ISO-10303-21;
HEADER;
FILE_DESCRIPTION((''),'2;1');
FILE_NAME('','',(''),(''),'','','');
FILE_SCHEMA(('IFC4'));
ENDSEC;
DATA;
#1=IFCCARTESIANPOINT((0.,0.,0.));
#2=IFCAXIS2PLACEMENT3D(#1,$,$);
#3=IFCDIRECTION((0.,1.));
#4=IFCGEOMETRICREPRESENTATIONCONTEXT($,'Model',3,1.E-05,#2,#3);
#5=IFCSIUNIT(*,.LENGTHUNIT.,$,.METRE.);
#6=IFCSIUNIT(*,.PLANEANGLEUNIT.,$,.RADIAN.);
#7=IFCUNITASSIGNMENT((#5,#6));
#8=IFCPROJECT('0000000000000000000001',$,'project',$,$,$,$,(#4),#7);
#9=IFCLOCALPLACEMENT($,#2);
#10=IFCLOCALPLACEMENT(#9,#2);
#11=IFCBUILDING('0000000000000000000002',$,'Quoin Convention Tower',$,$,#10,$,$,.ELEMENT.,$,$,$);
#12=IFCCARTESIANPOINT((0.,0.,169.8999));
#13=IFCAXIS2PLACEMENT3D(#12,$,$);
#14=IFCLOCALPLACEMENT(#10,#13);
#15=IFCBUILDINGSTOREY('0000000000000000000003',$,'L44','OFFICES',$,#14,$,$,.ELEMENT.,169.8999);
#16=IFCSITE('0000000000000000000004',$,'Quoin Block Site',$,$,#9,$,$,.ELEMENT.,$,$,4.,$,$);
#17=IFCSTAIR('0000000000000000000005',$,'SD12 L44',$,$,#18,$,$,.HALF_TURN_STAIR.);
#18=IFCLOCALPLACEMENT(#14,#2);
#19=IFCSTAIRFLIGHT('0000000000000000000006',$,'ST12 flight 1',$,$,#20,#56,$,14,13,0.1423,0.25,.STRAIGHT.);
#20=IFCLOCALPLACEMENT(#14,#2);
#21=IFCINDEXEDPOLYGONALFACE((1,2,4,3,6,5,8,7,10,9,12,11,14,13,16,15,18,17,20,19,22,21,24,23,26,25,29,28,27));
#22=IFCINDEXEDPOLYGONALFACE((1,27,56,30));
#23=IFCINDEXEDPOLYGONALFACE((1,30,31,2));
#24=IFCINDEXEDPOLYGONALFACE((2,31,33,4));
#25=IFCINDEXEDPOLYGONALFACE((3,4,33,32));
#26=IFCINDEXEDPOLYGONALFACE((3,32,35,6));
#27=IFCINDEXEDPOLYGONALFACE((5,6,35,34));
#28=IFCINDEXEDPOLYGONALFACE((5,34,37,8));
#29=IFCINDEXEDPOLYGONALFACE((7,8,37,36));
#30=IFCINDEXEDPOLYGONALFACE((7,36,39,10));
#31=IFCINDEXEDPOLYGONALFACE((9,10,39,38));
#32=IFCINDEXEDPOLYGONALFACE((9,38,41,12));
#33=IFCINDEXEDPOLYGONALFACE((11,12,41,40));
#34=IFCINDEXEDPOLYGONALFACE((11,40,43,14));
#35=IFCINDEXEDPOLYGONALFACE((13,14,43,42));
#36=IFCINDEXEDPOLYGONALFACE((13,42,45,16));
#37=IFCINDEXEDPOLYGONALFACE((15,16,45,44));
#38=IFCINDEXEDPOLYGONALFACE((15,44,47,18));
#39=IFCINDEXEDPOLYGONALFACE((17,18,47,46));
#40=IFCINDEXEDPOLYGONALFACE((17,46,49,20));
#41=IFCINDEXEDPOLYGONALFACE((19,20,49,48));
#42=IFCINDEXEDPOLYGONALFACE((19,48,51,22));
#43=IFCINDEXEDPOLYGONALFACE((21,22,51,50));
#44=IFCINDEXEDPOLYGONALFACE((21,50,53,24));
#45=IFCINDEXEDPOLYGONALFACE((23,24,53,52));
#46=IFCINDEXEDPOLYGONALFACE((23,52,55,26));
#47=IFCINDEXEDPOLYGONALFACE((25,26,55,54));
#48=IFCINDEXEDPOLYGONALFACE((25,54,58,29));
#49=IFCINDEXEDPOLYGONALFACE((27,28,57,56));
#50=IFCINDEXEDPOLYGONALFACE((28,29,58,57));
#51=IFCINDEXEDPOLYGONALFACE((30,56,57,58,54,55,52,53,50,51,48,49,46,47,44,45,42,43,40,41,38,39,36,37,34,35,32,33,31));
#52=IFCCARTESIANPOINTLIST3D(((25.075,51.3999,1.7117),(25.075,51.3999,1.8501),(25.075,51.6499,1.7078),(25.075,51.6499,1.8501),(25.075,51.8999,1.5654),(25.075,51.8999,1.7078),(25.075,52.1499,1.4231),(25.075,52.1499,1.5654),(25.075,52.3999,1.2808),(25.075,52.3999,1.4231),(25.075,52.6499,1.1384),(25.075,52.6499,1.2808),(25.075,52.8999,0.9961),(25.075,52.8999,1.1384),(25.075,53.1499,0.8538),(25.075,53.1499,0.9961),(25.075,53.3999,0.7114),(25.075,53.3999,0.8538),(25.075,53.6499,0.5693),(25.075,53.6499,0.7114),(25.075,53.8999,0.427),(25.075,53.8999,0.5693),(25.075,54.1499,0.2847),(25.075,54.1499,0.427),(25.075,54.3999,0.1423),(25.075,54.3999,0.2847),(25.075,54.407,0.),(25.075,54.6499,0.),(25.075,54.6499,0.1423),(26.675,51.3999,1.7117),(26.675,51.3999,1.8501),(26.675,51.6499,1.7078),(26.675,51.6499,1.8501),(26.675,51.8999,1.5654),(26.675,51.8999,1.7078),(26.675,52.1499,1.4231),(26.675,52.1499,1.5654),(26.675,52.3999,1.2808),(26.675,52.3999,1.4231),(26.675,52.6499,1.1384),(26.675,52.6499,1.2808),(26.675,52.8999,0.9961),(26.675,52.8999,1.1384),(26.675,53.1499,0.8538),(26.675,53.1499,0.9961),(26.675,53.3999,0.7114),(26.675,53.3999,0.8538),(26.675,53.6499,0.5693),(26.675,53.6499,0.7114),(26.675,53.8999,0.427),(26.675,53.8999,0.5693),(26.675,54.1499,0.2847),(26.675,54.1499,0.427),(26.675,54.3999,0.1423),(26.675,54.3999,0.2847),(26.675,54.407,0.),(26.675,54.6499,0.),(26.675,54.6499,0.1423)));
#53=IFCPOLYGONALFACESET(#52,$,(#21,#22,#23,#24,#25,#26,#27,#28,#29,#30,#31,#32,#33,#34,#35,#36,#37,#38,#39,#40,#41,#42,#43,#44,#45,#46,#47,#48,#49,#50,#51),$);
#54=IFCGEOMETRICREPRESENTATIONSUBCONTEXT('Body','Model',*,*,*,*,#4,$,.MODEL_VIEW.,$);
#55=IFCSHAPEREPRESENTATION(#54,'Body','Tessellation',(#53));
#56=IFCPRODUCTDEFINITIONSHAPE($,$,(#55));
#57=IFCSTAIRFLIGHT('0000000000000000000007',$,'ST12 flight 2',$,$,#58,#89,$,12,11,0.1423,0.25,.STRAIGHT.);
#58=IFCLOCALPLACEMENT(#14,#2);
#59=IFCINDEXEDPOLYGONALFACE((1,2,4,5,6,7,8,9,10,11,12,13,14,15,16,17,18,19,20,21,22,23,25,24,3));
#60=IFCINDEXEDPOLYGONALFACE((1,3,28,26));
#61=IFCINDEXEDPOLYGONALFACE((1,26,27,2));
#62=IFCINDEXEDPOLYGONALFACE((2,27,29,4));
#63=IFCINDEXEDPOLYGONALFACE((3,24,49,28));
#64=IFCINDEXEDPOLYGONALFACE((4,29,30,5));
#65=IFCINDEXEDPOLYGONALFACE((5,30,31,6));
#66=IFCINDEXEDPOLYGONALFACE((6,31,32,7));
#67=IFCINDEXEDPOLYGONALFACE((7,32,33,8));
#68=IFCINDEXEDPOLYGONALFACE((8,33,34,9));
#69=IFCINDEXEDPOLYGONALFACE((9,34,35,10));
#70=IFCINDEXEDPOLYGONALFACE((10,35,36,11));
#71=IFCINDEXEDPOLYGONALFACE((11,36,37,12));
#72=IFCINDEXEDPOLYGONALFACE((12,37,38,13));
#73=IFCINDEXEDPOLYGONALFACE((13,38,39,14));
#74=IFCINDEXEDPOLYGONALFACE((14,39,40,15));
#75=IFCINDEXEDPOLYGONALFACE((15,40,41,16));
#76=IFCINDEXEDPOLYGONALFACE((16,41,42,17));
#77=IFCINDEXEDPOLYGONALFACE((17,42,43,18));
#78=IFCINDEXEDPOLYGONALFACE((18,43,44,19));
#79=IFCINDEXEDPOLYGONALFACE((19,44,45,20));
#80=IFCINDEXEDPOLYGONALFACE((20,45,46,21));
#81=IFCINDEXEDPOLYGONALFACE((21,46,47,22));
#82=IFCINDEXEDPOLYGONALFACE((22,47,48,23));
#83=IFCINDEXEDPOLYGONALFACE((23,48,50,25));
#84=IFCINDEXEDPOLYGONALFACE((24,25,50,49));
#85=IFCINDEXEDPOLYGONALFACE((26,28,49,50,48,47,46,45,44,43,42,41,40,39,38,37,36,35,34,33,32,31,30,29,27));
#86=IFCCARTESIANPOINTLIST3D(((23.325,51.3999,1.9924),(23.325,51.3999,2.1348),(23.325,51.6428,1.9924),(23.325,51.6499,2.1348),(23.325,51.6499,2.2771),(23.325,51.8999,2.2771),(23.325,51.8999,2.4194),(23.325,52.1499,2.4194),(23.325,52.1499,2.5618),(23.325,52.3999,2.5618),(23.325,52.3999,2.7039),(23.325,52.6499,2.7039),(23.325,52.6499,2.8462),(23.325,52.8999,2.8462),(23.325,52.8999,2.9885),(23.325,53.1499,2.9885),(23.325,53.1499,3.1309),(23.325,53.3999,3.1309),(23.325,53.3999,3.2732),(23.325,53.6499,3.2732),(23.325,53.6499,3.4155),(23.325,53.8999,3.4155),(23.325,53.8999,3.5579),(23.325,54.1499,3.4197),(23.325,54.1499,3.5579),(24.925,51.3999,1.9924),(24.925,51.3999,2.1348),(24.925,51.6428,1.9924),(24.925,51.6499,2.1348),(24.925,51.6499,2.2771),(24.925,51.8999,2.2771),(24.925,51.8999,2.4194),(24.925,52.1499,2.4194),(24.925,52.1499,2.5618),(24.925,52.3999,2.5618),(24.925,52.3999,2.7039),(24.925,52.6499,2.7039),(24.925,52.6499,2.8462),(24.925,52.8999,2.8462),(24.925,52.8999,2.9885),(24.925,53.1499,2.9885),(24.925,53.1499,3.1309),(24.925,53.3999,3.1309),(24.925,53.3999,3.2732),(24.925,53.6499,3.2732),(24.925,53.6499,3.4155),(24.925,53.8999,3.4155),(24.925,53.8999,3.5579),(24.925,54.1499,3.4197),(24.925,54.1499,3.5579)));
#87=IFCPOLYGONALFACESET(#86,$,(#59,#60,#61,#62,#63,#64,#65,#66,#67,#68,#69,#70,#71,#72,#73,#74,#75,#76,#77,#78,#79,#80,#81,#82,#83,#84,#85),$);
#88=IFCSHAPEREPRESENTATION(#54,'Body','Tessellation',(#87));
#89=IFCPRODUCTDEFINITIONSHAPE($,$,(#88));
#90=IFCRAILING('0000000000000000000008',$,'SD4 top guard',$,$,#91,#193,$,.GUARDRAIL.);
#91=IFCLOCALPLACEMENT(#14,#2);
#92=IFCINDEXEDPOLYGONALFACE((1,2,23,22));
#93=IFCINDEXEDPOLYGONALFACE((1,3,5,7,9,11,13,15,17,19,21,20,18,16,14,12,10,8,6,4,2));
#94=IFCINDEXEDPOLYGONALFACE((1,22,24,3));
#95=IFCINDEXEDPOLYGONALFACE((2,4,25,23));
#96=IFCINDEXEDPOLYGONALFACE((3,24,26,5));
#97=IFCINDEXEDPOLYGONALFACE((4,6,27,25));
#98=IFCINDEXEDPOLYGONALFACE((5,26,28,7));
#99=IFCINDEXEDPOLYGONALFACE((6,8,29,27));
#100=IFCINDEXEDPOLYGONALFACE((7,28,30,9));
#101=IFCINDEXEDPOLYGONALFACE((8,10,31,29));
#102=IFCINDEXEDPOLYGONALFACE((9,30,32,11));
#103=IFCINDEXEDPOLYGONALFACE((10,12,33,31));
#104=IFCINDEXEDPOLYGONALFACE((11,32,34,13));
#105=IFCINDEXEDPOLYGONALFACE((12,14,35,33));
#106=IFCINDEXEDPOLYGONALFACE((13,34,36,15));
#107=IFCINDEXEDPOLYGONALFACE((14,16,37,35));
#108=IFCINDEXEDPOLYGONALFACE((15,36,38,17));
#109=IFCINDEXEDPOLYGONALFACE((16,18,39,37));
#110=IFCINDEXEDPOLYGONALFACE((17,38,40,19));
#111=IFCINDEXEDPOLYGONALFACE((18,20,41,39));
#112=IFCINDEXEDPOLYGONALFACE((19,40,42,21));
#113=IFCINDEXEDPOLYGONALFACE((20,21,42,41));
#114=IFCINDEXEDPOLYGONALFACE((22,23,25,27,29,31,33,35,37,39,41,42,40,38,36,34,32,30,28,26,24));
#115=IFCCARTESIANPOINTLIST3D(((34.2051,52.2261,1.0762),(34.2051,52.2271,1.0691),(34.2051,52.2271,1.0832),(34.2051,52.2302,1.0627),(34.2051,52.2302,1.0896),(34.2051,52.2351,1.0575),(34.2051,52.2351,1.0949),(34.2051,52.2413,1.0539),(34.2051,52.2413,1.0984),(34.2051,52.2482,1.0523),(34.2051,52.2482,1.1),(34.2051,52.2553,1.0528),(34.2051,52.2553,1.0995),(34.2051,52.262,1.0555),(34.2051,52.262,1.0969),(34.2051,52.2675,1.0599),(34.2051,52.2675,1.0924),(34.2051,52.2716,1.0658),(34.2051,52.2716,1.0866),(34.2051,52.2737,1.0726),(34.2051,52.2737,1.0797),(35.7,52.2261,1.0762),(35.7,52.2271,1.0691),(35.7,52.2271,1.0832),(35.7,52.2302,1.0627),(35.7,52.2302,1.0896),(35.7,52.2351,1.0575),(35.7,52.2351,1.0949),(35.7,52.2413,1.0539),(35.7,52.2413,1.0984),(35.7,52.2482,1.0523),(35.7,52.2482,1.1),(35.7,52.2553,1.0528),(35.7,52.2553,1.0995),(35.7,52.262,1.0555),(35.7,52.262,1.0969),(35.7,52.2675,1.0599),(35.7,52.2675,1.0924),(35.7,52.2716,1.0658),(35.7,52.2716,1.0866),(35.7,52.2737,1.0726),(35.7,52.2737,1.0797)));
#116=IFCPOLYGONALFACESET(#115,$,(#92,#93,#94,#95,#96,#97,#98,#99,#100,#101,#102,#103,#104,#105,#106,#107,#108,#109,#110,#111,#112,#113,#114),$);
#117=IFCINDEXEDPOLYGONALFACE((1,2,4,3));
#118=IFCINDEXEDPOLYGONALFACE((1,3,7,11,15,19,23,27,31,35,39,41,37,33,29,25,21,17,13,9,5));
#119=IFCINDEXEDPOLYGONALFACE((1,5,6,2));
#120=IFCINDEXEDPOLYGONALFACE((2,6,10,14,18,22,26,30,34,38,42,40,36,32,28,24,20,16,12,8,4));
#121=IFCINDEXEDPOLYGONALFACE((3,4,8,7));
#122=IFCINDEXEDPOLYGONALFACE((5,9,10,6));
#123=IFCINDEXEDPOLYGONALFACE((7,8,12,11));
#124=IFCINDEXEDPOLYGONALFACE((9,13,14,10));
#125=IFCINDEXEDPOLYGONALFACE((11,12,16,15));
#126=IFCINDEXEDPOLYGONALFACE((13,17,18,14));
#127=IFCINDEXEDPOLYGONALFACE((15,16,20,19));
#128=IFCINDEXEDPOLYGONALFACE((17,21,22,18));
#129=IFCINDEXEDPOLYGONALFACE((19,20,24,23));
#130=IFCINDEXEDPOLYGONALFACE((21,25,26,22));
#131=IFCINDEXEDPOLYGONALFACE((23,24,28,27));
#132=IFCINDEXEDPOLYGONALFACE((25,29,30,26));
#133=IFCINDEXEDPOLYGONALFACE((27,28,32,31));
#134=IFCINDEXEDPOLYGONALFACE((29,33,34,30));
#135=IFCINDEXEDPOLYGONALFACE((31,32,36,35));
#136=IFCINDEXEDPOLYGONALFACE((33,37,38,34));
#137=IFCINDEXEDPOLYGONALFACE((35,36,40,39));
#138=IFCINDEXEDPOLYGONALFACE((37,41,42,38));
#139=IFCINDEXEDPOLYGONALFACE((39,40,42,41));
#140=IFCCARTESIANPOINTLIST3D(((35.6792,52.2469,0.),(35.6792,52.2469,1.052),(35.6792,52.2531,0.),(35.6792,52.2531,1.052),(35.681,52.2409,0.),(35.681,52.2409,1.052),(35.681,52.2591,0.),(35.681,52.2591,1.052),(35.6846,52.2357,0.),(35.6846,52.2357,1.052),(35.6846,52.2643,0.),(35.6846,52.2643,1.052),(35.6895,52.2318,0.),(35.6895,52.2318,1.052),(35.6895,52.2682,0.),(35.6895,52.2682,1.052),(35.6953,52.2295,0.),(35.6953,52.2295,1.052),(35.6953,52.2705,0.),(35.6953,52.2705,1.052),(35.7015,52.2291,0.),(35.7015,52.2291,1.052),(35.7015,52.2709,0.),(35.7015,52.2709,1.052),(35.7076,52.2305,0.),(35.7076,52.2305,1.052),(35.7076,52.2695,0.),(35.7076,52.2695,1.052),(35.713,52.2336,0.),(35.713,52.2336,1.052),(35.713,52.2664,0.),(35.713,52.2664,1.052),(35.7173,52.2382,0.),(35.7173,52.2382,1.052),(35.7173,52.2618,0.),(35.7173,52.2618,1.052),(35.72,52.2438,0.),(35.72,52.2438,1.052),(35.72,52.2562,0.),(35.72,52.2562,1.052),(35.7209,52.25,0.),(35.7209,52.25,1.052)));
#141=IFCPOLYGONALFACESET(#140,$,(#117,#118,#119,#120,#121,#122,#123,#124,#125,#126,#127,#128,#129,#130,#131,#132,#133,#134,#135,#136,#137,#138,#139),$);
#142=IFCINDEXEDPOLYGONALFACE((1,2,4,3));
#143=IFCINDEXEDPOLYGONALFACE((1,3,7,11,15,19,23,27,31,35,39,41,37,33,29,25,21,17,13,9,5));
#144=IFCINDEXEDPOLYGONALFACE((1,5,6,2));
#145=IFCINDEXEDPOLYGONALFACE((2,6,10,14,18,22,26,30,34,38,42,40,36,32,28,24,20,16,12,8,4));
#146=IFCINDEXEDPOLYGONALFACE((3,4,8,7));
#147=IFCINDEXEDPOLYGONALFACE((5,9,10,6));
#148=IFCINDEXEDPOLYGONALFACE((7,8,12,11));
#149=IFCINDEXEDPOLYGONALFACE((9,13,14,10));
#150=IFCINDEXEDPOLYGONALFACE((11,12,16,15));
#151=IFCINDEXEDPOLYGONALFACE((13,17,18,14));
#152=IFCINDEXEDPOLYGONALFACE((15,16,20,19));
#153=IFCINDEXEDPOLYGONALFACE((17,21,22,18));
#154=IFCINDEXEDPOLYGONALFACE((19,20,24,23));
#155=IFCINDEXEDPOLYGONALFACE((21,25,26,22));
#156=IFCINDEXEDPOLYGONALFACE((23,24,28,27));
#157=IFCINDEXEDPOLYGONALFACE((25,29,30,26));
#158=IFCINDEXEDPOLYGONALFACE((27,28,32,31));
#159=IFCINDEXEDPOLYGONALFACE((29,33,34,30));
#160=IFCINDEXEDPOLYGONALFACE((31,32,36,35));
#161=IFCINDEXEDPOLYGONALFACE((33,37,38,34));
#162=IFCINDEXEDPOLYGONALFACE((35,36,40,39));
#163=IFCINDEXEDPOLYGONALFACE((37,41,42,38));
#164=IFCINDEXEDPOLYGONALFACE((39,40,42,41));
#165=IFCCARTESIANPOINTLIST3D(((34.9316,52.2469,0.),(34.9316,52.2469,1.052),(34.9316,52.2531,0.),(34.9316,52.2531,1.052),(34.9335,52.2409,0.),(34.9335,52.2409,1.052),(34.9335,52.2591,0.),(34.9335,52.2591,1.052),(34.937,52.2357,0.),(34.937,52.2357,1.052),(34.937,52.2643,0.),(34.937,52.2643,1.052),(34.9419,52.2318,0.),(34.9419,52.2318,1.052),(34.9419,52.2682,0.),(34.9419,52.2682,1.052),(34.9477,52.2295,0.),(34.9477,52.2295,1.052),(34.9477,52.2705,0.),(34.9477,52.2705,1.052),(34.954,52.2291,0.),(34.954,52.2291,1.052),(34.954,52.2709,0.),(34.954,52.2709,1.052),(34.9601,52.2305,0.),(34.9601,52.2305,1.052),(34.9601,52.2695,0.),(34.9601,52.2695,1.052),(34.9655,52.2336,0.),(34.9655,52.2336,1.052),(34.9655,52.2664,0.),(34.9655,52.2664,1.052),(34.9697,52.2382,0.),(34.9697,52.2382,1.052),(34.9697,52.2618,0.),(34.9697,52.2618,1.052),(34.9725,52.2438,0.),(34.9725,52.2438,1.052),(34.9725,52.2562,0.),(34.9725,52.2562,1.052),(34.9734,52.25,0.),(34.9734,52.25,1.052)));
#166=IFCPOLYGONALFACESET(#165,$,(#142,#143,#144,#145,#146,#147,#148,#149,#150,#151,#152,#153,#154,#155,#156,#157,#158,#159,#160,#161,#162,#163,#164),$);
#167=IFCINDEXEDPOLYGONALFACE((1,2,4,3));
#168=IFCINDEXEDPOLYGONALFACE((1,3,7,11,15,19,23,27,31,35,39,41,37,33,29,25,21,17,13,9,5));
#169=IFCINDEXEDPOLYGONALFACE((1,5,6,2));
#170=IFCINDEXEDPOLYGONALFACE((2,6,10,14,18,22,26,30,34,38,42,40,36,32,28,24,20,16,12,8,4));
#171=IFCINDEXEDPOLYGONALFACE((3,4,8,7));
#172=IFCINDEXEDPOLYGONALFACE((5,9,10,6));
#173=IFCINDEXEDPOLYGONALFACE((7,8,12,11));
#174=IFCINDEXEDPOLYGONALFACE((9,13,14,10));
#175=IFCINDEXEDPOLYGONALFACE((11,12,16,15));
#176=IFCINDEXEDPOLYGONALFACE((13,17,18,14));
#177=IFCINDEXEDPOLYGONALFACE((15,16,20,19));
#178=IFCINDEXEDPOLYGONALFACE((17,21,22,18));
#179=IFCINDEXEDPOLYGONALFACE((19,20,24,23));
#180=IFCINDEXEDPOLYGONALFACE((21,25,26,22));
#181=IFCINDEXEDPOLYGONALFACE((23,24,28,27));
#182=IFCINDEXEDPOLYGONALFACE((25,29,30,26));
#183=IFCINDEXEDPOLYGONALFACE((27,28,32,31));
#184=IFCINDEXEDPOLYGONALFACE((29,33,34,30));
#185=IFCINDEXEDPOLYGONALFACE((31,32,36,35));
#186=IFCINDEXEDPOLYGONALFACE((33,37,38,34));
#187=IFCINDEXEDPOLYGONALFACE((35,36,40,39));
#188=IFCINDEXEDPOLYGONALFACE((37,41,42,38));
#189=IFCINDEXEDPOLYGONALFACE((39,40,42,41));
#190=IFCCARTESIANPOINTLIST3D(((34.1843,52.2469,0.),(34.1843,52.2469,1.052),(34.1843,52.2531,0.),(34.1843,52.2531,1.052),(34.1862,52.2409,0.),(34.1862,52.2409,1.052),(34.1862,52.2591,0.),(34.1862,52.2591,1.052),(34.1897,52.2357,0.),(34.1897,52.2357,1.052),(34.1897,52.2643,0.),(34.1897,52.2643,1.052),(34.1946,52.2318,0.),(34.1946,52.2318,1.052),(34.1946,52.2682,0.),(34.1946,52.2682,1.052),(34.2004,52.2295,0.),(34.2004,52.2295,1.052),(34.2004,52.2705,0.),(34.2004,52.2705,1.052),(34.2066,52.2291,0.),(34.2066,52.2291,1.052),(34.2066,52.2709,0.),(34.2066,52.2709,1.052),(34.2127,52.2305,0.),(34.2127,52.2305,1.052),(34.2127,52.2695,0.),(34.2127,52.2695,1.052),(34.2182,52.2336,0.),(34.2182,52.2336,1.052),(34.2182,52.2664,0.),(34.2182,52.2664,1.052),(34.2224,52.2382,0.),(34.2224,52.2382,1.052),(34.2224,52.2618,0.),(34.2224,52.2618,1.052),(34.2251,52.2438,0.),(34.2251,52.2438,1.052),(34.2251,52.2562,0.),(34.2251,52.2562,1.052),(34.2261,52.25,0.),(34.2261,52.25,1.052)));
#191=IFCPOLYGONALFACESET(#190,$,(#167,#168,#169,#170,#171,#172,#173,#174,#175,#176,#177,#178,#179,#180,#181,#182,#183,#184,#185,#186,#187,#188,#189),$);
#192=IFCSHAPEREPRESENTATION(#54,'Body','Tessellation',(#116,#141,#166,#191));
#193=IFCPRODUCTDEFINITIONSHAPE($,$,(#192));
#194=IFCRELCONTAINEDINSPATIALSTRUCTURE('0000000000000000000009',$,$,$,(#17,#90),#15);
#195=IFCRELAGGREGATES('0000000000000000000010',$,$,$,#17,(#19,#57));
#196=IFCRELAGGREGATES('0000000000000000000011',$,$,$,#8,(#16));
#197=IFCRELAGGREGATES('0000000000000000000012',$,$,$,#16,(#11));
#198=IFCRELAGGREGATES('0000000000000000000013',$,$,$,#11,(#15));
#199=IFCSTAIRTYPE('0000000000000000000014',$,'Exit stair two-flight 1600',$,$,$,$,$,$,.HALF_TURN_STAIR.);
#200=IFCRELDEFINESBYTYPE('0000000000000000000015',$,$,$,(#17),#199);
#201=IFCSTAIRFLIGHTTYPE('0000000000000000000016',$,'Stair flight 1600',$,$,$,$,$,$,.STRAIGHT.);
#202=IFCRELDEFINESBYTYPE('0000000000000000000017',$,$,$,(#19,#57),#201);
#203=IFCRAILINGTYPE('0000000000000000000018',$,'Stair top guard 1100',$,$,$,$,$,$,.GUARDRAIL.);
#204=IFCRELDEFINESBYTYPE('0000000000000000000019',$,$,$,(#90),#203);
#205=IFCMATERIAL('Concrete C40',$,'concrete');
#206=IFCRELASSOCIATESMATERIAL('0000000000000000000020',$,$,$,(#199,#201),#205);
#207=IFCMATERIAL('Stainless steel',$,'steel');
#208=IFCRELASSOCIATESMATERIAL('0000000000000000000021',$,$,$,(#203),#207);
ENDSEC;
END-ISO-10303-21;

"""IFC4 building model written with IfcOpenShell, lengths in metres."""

from ifc_helpers import new_model, si_unit, direction, frame, origin, origin_2d, place, context, subcontext, project, spatial, polyline, circle, outline, extrude, material, type_object, element, aggregate, save


model = new_model("IFC4")

# Units and contexts
model_context = context("Model", 3, precision=1e-05, world=origin(), true_north=direction((0.0, 1.0)))
body_context = subcontext(model_context, "Body", "Model", "MODEL_VIEW")
ifc_project = project(units=[si_unit("LENGTHUNIT", "METRE"), si_unit("PLANEANGLEUNIT", "RADIAN")], contexts=[model_context])

# Site, building, storey
site_placement = place(None, origin())
site = spatial("IfcSite", under=ifc_project, at=site_placement, Name="Quoin Block Site", CompositionType="ELEMENT", RefElevation=4.0)
building_placement = place(site_placement, origin())
building = spatial("IfcBuilding", under=site, at=building_placement, Name="Quoin Convention Tower", CompositionType="ELEMENT")
storey_placement = place(building_placement, frame((0.0, 0.0, 169.8999)))
storey = spatial("IfcBuildingStorey", under=building, at=storey_placement, Name="L44", Description="OFFICES", CompositionType="ELEMENT", Elevation=169.8999)

# Shared definitions
ifc_material_1 = material(Name="Concrete C40", Category="concrete")

# Stair, stair flights
stair_type_1 = type_object("IfcStairType", Name="Exit stair two-flight 1600", PredefinedType="HALF_TURN_STAIR", material=ifc_material_1)
stair_1_placement = place(storey_placement, origin())
stair_1 = element("IfcStair", 1, at=stair_1_placement, inside=storey, type_object=stair_type_1, Name="SD12 L44", PredefinedType="HALF_TURN_STAIR")
stair_flight_type_1 = type_object("IfcStairFlightType", Name="Stair flight 1600", PredefinedType="STRAIGHT", material=ifc_material_1)
stair_flight_1_placement = place(storey_placement, frame((25.875, 54.6499, 0.0), z_axis=(0.0, 0.0, 1.0), x_axis=(0.0, -1.0, 0.0)))
stair_flight_1 = element("IfcStairFlight", 2, at=stair_flight_1_placement, type_object=stair_flight_type_1, Name="ST12 flight 1", NumberOfRisers=14, NumberOfTreads=13, PredefinedType="STRAIGHT", RiserHeight=0.1423, TreadLength=0.25, context=body_context, shape_type="SweptSolid", body=[
    extrude(outline(polyline([(0.0, 0.0), (0.0, 0.1423), (0.25, 0.1423), (0.25, 0.2847), (0.5, 0.2847), (0.5, 0.427), (0.75, 0.427), (0.75, 0.5693), (1.0, 0.5693), (1.0, 0.7114), (1.25, 0.7114), (1.25, 0.8538), (1.5, 0.8538), (1.5, 0.9961), (1.75, 0.9961), (1.75, 1.1384), (2.0, 1.1384), (2.0, 1.2808), (2.25, 1.2808), (2.25, 1.4231), (2.5, 1.4231), (2.5, 1.5654), (2.75, 1.5654), (2.75, 1.7078), (3.0, 1.7078), (3.0, 1.8501), (3.25, 1.8501), (3.25, 1.9922), (3.25, 1.7117), (0.2429, 0.0), (0.0, 0.0)])), frame((0.0, 0.8, 0.0), z_axis=(0.0, -1.0, 0.0), x_axis=(1.0, 0.0, 0.0)), (0.0, 0.0, 1.0), 1.6001),
])
stair_flight_2_placement = place(storey_placement, frame((24.125, 51.3999, 1.9924), z_axis=(0.0, 0.0, 1.0), x_axis=(0.0, 1.0, 0.0)))
stair_flight_2 = element("IfcStairFlight", 3, at=stair_flight_2_placement, type_object=stair_flight_type_1, Name="ST12 flight 2", NumberOfRisers=12, NumberOfTreads=11, PredefinedType="STRAIGHT", RiserHeight=0.1423, TreadLength=0.25, context=body_context, shape_type="SweptSolid", body=[
    extrude(outline(polyline([(0.0, 0.0), (0.0, 0.1423), (0.25, 0.1423), (0.25, 0.2847), (0.5, 0.2847), (0.5, 0.427), (0.75, 0.427), (0.75, 0.5693), (1.0, 0.5693), (1.0, 0.7114), (1.25, 0.7114), (1.25, 0.8538), (1.5, 0.8538), (1.5, 0.9961), (1.75, 0.9961), (1.75, 1.1384), (2.0, 1.1384), (2.0, 1.2808), (2.25, 1.2808), (2.25, 1.4231), (2.5, 1.4231), (2.5, 1.5654), (2.75, 1.5654), (2.75, 1.7078), (2.75, 1.4272), (0.2429, 0.0), (0.0, 0.0)])), frame((0.0, 0.8, 0.0), z_axis=(0.0, -1.0, 0.0), x_axis=(1.0, 0.0, 0.0)), (0.0, 0.0, 1.0), 1.6001),
])
aggregate(stair_1, [stair_flight_1, stair_flight_2])

# Railing
ifc_material_2 = material(Name="Stainless steel", Category="steel")
railing_type_1 = type_object("IfcRailingType", Name="Stair top guard 1100", PredefinedType="GUARDRAIL", material=ifc_material_2)
railing_1_placement = place(storey_placement, frame((35.7, 52.25, 0.0)))
element("IfcRailing", 4, at=railing_1_placement, inside=storey, type_object=railing_type_1, Name="SD4 top guard", PredefinedType="GUARDRAIL", context=body_context, shape_type="SweptSolid", body=[
    extrude(circle(Radius=0.0239, at=origin_2d()), frame((0.0, 0.0, 1.0762), z_axis=(-1.0, 0.0, 0.0), x_axis=(0.0, -1.0, 0.0)), (0.0, 0.0, 1.0), 1.4949),
    extrude(circle(Radius=0.021, at=origin_2d()), origin(), (0.0, 0.0, 1.0), 1.052),
    extrude(circle(Radius=0.021, at=origin_2d()), frame((-0.7476, 0.0, 0.0)), (0.0, 0.0, 1.0), 1.052),
    extrude(circle(Radius=0.021, at=origin_2d()), frame((-1.4949, 0.0, 0.0)), (0.0, 0.0, 1.0), 1.052),
])

save(model, "model.ifc")
